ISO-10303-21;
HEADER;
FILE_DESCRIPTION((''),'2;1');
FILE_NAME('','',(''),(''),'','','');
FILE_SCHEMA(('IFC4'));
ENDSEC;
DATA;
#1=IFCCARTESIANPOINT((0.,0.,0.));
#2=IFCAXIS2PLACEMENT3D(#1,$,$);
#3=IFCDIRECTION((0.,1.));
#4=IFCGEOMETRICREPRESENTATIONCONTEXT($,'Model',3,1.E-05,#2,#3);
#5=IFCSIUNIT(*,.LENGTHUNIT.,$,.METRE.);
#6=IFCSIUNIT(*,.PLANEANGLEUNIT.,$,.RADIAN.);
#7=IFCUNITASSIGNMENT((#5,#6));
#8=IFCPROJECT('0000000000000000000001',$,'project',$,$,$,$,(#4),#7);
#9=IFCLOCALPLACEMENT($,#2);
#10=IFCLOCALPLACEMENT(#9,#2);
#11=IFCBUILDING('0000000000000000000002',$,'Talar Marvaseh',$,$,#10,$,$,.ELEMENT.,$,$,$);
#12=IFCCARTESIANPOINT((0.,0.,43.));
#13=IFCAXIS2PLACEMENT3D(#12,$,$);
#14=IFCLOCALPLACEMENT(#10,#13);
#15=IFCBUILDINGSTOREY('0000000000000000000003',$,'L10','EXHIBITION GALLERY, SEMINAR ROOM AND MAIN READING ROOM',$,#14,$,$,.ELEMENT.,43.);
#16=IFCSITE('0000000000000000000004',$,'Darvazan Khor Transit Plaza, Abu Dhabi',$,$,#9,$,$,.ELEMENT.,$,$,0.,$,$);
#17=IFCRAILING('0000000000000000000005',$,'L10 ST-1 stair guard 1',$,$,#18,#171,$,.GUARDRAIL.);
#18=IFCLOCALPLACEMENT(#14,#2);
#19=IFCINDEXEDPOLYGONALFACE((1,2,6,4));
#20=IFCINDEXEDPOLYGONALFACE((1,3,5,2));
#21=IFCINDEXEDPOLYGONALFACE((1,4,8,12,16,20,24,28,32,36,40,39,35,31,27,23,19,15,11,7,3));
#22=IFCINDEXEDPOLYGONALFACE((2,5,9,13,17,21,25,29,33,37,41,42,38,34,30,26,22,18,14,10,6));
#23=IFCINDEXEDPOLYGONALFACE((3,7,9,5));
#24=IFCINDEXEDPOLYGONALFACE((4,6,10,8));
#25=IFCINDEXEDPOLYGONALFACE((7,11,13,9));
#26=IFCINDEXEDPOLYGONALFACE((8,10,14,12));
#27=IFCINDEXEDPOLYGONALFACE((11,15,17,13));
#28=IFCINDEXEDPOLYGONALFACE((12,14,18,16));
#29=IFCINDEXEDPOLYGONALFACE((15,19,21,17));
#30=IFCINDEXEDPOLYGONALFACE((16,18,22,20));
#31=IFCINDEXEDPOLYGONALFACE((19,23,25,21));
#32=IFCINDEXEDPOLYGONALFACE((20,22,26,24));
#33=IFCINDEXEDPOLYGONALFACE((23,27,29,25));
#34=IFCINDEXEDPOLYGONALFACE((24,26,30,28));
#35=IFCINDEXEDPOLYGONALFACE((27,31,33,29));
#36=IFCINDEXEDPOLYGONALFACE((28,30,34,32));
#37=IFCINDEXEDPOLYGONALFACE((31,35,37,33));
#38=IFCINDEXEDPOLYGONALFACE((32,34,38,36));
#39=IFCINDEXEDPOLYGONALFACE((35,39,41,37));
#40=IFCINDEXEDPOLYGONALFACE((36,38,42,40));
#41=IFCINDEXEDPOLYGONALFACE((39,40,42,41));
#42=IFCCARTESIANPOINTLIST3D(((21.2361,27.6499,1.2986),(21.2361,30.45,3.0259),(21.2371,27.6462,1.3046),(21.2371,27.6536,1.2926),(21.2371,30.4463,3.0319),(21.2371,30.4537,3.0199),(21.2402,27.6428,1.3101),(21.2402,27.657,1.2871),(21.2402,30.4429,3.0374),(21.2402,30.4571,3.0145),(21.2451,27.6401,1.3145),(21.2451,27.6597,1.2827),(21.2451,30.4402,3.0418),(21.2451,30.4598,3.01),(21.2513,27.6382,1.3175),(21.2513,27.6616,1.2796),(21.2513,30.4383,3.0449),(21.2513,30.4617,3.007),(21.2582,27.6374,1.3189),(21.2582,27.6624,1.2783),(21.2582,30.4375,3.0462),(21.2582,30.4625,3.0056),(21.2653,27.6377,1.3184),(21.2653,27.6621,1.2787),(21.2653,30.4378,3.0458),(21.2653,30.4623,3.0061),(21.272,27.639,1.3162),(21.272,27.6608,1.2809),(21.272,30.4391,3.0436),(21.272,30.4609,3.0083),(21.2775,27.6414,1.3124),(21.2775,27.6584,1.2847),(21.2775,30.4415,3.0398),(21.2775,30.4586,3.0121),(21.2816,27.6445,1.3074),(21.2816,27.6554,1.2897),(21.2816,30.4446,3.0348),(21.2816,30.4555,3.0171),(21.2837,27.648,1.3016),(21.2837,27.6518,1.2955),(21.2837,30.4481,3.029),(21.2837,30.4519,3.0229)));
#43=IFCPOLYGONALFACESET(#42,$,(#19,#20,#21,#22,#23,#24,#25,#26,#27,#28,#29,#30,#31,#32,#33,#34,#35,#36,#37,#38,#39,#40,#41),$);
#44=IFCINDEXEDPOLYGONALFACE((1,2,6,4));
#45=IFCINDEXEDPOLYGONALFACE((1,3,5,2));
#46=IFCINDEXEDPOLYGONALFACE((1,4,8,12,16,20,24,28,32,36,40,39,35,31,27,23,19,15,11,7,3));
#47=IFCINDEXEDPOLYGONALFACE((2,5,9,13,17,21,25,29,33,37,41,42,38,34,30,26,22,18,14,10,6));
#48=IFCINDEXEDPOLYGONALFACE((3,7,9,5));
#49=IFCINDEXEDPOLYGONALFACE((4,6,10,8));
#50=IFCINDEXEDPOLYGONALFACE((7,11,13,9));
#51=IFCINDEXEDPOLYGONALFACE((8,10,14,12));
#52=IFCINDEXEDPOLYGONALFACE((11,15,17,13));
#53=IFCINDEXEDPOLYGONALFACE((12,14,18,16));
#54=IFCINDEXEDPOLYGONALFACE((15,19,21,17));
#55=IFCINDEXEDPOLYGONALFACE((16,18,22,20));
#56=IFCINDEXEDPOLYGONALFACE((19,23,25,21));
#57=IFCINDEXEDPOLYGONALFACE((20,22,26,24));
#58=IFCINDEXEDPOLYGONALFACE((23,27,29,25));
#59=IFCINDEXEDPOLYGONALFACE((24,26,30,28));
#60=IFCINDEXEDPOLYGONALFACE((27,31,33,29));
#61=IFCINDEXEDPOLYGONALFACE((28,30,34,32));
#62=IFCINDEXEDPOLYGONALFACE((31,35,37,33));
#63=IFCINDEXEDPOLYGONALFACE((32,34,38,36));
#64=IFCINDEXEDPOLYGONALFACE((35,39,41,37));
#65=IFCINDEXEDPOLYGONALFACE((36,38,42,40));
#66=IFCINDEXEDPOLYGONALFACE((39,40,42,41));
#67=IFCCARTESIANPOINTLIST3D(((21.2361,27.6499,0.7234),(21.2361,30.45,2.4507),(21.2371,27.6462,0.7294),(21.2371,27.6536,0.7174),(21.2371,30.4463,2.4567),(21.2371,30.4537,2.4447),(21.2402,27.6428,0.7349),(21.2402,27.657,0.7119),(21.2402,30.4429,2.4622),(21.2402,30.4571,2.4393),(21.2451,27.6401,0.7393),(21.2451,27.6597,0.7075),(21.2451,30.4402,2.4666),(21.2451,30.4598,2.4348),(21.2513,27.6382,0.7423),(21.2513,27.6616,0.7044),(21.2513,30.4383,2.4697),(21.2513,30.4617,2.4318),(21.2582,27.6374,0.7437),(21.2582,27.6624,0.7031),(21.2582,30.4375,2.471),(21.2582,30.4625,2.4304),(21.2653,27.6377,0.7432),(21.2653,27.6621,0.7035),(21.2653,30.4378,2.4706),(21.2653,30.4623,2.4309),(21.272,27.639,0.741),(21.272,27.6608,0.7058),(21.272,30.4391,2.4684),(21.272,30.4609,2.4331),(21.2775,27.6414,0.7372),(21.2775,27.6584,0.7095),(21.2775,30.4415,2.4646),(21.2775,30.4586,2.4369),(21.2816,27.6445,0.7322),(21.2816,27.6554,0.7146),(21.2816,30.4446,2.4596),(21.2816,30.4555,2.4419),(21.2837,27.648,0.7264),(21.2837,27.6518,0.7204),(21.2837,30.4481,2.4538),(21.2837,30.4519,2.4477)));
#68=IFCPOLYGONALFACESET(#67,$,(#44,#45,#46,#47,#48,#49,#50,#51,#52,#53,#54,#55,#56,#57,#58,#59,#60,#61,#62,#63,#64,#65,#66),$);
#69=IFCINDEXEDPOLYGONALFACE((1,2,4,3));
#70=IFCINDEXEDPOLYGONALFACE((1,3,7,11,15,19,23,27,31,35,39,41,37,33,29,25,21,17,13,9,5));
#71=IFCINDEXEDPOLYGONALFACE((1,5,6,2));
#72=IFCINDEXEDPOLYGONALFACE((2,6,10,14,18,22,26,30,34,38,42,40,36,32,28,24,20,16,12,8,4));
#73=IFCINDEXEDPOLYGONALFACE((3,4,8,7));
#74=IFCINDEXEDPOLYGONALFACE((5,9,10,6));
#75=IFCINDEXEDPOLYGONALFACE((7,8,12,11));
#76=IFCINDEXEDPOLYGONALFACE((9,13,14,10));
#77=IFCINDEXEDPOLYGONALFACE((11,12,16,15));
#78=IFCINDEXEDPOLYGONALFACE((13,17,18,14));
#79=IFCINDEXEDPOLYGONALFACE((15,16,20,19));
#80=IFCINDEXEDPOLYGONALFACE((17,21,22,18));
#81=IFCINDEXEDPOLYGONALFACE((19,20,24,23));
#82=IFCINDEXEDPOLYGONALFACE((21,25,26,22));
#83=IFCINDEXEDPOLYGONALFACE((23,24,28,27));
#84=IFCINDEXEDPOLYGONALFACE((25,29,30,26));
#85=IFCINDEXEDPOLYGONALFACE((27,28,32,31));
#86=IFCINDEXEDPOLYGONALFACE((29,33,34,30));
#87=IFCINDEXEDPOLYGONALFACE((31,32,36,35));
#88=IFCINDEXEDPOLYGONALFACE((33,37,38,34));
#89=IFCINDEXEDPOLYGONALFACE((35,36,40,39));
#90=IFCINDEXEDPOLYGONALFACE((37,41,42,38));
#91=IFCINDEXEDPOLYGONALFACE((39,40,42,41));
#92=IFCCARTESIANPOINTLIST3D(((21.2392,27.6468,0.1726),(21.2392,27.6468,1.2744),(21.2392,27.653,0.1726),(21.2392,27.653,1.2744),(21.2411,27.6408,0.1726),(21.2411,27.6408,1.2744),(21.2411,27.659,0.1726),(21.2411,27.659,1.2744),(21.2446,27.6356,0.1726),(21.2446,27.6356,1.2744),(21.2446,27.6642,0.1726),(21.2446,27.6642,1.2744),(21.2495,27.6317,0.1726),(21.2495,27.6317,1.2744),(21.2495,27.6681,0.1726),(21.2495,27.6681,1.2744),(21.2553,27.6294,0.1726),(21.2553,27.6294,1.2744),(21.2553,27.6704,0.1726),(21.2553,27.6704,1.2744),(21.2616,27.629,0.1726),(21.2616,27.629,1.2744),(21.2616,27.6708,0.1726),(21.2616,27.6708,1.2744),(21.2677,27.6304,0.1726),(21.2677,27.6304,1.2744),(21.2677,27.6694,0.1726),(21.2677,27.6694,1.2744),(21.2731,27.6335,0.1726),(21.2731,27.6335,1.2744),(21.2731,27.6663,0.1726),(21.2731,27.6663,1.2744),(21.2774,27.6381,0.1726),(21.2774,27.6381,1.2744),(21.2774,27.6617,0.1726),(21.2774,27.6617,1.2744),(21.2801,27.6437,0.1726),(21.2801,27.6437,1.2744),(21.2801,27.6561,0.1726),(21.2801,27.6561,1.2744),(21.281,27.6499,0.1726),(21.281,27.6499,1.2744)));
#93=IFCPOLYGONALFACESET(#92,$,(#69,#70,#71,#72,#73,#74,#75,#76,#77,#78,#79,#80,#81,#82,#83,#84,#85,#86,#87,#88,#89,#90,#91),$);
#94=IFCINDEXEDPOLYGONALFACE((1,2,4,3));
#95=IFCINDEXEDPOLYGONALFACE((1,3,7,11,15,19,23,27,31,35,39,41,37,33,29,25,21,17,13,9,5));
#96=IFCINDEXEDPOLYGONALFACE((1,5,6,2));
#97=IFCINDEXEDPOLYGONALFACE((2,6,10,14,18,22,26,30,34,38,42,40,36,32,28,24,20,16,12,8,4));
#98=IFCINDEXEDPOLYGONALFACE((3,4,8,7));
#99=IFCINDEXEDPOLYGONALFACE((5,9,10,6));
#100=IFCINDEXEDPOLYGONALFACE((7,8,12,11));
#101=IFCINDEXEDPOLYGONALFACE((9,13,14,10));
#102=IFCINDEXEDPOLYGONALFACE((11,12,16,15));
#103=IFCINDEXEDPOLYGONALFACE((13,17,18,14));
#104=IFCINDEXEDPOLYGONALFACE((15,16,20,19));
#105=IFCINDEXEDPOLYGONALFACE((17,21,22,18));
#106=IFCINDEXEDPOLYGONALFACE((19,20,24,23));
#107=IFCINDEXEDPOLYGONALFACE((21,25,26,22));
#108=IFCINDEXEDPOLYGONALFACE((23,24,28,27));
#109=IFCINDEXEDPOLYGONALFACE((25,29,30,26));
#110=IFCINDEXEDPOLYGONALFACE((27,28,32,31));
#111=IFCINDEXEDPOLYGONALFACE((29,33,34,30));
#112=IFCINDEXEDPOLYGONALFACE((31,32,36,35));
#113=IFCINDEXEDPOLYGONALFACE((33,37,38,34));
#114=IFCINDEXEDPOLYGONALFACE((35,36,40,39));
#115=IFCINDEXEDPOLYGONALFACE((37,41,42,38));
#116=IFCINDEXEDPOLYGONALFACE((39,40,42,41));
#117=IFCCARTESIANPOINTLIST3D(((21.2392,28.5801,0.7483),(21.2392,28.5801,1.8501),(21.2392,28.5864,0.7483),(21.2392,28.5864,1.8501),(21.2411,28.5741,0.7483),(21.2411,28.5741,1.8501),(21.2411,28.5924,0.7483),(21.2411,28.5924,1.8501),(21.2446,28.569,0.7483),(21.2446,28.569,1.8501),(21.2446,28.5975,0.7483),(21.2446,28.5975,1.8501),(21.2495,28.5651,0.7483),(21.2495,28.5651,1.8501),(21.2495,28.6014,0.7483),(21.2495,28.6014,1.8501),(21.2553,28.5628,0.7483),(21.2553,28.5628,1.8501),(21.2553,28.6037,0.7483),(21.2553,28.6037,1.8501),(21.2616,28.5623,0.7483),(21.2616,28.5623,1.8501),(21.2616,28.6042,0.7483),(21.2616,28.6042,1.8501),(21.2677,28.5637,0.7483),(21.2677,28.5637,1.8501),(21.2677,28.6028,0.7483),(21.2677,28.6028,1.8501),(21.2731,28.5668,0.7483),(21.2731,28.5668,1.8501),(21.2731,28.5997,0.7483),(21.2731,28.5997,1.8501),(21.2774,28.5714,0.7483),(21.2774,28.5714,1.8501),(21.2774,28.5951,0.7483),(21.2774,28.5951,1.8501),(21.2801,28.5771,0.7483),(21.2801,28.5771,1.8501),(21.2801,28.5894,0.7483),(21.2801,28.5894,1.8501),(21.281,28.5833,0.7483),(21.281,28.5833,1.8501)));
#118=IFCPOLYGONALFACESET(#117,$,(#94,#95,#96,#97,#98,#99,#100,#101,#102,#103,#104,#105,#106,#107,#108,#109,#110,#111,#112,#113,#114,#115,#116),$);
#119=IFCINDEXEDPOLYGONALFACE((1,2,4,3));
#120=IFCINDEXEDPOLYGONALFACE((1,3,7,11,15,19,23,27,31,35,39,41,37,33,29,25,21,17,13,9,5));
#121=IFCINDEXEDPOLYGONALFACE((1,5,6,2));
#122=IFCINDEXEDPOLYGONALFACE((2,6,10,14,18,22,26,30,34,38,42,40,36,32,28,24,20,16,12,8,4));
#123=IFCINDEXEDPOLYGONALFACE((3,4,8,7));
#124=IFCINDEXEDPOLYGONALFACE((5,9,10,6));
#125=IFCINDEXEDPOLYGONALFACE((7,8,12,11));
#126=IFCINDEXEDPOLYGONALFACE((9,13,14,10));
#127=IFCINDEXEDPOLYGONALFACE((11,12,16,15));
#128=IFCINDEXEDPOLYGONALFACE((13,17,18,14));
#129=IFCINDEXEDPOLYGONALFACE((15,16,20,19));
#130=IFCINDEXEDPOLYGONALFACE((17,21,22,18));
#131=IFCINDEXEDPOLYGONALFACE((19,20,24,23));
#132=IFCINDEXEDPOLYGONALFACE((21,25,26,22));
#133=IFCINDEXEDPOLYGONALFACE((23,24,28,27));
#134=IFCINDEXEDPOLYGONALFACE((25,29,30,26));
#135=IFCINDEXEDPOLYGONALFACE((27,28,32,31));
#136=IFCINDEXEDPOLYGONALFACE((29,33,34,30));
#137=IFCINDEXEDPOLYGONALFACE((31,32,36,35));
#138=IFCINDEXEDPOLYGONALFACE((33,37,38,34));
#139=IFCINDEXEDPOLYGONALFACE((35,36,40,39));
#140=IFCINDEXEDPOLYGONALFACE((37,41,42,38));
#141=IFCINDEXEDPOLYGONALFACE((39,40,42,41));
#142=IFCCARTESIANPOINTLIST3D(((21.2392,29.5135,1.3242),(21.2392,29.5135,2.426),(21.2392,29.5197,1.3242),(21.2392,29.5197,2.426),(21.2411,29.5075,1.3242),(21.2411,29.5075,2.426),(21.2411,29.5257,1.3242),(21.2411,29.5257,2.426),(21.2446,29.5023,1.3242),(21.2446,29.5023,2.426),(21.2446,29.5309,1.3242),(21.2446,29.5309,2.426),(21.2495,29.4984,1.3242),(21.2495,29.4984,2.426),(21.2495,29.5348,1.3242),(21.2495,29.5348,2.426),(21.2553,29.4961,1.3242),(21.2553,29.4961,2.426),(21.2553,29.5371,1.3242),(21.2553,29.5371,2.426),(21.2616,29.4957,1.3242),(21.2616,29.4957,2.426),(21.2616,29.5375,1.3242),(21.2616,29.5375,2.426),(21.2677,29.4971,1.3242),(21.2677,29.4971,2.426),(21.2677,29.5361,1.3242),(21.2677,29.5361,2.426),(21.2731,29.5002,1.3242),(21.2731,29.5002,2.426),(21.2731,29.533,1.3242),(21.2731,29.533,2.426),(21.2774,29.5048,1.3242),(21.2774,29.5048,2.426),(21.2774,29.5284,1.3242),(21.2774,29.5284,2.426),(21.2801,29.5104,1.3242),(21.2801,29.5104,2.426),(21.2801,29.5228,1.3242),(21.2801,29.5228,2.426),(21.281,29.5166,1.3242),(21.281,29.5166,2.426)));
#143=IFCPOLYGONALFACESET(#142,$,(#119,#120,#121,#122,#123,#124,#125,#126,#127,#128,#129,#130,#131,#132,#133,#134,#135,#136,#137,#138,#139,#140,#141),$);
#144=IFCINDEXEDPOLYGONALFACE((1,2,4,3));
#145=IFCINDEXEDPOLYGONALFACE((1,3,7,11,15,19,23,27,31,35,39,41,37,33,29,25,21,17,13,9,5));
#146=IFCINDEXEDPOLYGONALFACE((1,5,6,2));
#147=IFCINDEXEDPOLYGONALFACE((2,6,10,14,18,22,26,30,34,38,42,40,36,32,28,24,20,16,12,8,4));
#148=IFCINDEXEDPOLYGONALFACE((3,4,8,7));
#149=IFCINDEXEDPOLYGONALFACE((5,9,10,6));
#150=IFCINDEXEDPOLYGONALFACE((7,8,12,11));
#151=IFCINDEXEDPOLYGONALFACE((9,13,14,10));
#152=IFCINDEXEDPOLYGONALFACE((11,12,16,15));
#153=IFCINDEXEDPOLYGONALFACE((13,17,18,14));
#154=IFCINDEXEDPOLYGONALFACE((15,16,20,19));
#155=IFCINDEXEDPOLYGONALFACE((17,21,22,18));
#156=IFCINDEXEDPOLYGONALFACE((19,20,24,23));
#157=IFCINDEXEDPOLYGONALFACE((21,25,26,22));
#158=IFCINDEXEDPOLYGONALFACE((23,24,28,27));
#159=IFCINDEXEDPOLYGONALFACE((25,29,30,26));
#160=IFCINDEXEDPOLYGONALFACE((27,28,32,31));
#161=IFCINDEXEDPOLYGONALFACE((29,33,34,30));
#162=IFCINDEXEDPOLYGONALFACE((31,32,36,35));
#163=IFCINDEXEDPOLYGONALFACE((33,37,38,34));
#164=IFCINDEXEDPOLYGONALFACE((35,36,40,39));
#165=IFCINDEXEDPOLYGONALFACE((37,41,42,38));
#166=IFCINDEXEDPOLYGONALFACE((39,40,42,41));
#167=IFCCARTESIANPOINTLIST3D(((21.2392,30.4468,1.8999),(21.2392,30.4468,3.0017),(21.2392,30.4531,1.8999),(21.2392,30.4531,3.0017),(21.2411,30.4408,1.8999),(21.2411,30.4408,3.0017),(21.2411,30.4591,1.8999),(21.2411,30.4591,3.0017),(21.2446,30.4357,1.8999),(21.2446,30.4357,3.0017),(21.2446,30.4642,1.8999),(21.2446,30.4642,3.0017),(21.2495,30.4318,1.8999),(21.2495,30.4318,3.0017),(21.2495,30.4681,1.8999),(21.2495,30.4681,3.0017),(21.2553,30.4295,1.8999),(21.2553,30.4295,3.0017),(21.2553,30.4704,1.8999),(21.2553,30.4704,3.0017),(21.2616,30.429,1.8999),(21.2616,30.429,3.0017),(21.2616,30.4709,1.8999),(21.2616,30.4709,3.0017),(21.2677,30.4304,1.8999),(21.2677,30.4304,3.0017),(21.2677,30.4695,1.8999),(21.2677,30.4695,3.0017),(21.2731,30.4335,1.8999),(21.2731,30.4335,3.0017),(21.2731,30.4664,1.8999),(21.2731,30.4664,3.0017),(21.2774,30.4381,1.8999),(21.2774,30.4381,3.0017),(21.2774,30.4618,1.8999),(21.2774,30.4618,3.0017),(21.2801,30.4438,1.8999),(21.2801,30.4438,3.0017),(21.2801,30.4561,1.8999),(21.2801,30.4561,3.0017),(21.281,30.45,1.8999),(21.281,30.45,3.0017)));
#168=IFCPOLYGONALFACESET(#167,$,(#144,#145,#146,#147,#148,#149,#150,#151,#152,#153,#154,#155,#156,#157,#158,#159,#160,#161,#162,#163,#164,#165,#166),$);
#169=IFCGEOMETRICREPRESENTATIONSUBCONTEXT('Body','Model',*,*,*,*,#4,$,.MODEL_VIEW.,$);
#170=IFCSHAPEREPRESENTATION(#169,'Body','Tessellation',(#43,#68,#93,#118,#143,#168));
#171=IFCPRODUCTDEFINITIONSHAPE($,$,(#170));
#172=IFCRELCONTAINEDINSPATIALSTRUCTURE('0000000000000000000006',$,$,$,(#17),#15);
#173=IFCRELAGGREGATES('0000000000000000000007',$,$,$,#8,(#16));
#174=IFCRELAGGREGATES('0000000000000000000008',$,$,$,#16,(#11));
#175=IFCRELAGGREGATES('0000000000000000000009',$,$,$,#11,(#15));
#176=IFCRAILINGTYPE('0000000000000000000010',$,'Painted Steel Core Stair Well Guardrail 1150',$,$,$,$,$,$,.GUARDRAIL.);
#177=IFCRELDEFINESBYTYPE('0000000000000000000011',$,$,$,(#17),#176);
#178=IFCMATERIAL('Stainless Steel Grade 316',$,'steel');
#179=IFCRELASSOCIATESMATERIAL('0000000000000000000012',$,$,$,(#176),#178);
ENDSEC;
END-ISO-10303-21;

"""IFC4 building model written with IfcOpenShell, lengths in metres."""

from ifc_helpers import new_model, si_unit, direction, frame, origin, origin_2d, place, context, subcontext, project, spatial, circle, extrude, material, type_object, element, save


model = new_model("IFC4")

# Units and contexts
model_context = context("Model", 3, precision=1e-05, world=origin(), true_north=direction((0.0, 1.0)))
body_context = subcontext(model_context, "Body", "Model", "MODEL_VIEW")
ifc_project = project(units=[si_unit("LENGTHUNIT", "METRE"), si_unit("PLANEANGLEUNIT", "RADIAN")], contexts=[model_context])

# Site, building, storey
site_placement = place(None, origin())
site = spatial("IfcSite", under=ifc_project, at=site_placement, Name="Darvazan Khor Transit Plaza, Abu Dhabi", CompositionType="ELEMENT", RefElevation=0.0)
building_placement = place(site_placement, origin())
building = spatial("IfcBuilding", under=site, at=building_placement, Name="Talar Marvaseh", CompositionType="ELEMENT")
storey_placement = place(building_placement, frame((0.0, 0.0, 43.0)))
storey = spatial("IfcBuildingStorey", under=building, at=storey_placement, Name="L10", Description="EXHIBITION GALLERY, SEMINAR ROOM AND MAIN READING ROOM", CompositionType="ELEMENT", Elevation=43.0)

# Railing
ifc_material_1 = material(Name="Stainless Steel Grade 316", Category="steel")
railing_type_1 = type_object("IfcRailingType", Name="Painted Steel Core Stair Well Guardrail 1150", PredefinedType="GUARDRAIL", material=ifc_material_1)
railing_1_placement = place(storey_placement, frame((21.26, 27.6499, 0.1726)))
element("IfcRailing", 1, at=railing_1_placement, inside=storey, type_object=railing_type_1, Name="L10 ST-1 stair guard 1", PredefinedType="GUARDRAIL", context=body_context, shape_type="SweptSolid", body=[
    extrude(circle(Radius=0.0239, at=origin_2d()), frame((0.0, 0.0, 1.126), z_axis=(0.0, 0.85109, 0.52502), x_axis=(-1.0, 0.0, 0.0)), (0.0, 0.0, 1.0), 3.29),
    extrude(circle(Radius=0.0239, at=origin_2d()), frame((0.0, 0.0, 0.5508), z_axis=(0.0, 0.85109, 0.52502), x_axis=(-1.0, 0.0, 0.0)), (0.0, 0.0, 1.0), 3.29),
    extrude(circle(Radius=0.021, at=origin_2d()), origin(), (0.0, 0.0, 1.0), 1.1018),
    extrude(circle(Radius=0.021, at=origin_2d()), frame((0.0, 0.9333, 0.5757)), (0.0, 0.0, 1.0), 1.1018),
    extrude(circle(Radius=0.021, at=origin_2d()), frame((0.0, 1.8667, 1.1516)), (0.0, 0.0, 1.0), 1.1018),
    extrude(circle(Radius=0.021, at=origin_2d()), frame((0.0, 2.8, 1.7273)), (0.0, 0.0, 1.0), 1.1018),
])

save(model, "model.ifc")
